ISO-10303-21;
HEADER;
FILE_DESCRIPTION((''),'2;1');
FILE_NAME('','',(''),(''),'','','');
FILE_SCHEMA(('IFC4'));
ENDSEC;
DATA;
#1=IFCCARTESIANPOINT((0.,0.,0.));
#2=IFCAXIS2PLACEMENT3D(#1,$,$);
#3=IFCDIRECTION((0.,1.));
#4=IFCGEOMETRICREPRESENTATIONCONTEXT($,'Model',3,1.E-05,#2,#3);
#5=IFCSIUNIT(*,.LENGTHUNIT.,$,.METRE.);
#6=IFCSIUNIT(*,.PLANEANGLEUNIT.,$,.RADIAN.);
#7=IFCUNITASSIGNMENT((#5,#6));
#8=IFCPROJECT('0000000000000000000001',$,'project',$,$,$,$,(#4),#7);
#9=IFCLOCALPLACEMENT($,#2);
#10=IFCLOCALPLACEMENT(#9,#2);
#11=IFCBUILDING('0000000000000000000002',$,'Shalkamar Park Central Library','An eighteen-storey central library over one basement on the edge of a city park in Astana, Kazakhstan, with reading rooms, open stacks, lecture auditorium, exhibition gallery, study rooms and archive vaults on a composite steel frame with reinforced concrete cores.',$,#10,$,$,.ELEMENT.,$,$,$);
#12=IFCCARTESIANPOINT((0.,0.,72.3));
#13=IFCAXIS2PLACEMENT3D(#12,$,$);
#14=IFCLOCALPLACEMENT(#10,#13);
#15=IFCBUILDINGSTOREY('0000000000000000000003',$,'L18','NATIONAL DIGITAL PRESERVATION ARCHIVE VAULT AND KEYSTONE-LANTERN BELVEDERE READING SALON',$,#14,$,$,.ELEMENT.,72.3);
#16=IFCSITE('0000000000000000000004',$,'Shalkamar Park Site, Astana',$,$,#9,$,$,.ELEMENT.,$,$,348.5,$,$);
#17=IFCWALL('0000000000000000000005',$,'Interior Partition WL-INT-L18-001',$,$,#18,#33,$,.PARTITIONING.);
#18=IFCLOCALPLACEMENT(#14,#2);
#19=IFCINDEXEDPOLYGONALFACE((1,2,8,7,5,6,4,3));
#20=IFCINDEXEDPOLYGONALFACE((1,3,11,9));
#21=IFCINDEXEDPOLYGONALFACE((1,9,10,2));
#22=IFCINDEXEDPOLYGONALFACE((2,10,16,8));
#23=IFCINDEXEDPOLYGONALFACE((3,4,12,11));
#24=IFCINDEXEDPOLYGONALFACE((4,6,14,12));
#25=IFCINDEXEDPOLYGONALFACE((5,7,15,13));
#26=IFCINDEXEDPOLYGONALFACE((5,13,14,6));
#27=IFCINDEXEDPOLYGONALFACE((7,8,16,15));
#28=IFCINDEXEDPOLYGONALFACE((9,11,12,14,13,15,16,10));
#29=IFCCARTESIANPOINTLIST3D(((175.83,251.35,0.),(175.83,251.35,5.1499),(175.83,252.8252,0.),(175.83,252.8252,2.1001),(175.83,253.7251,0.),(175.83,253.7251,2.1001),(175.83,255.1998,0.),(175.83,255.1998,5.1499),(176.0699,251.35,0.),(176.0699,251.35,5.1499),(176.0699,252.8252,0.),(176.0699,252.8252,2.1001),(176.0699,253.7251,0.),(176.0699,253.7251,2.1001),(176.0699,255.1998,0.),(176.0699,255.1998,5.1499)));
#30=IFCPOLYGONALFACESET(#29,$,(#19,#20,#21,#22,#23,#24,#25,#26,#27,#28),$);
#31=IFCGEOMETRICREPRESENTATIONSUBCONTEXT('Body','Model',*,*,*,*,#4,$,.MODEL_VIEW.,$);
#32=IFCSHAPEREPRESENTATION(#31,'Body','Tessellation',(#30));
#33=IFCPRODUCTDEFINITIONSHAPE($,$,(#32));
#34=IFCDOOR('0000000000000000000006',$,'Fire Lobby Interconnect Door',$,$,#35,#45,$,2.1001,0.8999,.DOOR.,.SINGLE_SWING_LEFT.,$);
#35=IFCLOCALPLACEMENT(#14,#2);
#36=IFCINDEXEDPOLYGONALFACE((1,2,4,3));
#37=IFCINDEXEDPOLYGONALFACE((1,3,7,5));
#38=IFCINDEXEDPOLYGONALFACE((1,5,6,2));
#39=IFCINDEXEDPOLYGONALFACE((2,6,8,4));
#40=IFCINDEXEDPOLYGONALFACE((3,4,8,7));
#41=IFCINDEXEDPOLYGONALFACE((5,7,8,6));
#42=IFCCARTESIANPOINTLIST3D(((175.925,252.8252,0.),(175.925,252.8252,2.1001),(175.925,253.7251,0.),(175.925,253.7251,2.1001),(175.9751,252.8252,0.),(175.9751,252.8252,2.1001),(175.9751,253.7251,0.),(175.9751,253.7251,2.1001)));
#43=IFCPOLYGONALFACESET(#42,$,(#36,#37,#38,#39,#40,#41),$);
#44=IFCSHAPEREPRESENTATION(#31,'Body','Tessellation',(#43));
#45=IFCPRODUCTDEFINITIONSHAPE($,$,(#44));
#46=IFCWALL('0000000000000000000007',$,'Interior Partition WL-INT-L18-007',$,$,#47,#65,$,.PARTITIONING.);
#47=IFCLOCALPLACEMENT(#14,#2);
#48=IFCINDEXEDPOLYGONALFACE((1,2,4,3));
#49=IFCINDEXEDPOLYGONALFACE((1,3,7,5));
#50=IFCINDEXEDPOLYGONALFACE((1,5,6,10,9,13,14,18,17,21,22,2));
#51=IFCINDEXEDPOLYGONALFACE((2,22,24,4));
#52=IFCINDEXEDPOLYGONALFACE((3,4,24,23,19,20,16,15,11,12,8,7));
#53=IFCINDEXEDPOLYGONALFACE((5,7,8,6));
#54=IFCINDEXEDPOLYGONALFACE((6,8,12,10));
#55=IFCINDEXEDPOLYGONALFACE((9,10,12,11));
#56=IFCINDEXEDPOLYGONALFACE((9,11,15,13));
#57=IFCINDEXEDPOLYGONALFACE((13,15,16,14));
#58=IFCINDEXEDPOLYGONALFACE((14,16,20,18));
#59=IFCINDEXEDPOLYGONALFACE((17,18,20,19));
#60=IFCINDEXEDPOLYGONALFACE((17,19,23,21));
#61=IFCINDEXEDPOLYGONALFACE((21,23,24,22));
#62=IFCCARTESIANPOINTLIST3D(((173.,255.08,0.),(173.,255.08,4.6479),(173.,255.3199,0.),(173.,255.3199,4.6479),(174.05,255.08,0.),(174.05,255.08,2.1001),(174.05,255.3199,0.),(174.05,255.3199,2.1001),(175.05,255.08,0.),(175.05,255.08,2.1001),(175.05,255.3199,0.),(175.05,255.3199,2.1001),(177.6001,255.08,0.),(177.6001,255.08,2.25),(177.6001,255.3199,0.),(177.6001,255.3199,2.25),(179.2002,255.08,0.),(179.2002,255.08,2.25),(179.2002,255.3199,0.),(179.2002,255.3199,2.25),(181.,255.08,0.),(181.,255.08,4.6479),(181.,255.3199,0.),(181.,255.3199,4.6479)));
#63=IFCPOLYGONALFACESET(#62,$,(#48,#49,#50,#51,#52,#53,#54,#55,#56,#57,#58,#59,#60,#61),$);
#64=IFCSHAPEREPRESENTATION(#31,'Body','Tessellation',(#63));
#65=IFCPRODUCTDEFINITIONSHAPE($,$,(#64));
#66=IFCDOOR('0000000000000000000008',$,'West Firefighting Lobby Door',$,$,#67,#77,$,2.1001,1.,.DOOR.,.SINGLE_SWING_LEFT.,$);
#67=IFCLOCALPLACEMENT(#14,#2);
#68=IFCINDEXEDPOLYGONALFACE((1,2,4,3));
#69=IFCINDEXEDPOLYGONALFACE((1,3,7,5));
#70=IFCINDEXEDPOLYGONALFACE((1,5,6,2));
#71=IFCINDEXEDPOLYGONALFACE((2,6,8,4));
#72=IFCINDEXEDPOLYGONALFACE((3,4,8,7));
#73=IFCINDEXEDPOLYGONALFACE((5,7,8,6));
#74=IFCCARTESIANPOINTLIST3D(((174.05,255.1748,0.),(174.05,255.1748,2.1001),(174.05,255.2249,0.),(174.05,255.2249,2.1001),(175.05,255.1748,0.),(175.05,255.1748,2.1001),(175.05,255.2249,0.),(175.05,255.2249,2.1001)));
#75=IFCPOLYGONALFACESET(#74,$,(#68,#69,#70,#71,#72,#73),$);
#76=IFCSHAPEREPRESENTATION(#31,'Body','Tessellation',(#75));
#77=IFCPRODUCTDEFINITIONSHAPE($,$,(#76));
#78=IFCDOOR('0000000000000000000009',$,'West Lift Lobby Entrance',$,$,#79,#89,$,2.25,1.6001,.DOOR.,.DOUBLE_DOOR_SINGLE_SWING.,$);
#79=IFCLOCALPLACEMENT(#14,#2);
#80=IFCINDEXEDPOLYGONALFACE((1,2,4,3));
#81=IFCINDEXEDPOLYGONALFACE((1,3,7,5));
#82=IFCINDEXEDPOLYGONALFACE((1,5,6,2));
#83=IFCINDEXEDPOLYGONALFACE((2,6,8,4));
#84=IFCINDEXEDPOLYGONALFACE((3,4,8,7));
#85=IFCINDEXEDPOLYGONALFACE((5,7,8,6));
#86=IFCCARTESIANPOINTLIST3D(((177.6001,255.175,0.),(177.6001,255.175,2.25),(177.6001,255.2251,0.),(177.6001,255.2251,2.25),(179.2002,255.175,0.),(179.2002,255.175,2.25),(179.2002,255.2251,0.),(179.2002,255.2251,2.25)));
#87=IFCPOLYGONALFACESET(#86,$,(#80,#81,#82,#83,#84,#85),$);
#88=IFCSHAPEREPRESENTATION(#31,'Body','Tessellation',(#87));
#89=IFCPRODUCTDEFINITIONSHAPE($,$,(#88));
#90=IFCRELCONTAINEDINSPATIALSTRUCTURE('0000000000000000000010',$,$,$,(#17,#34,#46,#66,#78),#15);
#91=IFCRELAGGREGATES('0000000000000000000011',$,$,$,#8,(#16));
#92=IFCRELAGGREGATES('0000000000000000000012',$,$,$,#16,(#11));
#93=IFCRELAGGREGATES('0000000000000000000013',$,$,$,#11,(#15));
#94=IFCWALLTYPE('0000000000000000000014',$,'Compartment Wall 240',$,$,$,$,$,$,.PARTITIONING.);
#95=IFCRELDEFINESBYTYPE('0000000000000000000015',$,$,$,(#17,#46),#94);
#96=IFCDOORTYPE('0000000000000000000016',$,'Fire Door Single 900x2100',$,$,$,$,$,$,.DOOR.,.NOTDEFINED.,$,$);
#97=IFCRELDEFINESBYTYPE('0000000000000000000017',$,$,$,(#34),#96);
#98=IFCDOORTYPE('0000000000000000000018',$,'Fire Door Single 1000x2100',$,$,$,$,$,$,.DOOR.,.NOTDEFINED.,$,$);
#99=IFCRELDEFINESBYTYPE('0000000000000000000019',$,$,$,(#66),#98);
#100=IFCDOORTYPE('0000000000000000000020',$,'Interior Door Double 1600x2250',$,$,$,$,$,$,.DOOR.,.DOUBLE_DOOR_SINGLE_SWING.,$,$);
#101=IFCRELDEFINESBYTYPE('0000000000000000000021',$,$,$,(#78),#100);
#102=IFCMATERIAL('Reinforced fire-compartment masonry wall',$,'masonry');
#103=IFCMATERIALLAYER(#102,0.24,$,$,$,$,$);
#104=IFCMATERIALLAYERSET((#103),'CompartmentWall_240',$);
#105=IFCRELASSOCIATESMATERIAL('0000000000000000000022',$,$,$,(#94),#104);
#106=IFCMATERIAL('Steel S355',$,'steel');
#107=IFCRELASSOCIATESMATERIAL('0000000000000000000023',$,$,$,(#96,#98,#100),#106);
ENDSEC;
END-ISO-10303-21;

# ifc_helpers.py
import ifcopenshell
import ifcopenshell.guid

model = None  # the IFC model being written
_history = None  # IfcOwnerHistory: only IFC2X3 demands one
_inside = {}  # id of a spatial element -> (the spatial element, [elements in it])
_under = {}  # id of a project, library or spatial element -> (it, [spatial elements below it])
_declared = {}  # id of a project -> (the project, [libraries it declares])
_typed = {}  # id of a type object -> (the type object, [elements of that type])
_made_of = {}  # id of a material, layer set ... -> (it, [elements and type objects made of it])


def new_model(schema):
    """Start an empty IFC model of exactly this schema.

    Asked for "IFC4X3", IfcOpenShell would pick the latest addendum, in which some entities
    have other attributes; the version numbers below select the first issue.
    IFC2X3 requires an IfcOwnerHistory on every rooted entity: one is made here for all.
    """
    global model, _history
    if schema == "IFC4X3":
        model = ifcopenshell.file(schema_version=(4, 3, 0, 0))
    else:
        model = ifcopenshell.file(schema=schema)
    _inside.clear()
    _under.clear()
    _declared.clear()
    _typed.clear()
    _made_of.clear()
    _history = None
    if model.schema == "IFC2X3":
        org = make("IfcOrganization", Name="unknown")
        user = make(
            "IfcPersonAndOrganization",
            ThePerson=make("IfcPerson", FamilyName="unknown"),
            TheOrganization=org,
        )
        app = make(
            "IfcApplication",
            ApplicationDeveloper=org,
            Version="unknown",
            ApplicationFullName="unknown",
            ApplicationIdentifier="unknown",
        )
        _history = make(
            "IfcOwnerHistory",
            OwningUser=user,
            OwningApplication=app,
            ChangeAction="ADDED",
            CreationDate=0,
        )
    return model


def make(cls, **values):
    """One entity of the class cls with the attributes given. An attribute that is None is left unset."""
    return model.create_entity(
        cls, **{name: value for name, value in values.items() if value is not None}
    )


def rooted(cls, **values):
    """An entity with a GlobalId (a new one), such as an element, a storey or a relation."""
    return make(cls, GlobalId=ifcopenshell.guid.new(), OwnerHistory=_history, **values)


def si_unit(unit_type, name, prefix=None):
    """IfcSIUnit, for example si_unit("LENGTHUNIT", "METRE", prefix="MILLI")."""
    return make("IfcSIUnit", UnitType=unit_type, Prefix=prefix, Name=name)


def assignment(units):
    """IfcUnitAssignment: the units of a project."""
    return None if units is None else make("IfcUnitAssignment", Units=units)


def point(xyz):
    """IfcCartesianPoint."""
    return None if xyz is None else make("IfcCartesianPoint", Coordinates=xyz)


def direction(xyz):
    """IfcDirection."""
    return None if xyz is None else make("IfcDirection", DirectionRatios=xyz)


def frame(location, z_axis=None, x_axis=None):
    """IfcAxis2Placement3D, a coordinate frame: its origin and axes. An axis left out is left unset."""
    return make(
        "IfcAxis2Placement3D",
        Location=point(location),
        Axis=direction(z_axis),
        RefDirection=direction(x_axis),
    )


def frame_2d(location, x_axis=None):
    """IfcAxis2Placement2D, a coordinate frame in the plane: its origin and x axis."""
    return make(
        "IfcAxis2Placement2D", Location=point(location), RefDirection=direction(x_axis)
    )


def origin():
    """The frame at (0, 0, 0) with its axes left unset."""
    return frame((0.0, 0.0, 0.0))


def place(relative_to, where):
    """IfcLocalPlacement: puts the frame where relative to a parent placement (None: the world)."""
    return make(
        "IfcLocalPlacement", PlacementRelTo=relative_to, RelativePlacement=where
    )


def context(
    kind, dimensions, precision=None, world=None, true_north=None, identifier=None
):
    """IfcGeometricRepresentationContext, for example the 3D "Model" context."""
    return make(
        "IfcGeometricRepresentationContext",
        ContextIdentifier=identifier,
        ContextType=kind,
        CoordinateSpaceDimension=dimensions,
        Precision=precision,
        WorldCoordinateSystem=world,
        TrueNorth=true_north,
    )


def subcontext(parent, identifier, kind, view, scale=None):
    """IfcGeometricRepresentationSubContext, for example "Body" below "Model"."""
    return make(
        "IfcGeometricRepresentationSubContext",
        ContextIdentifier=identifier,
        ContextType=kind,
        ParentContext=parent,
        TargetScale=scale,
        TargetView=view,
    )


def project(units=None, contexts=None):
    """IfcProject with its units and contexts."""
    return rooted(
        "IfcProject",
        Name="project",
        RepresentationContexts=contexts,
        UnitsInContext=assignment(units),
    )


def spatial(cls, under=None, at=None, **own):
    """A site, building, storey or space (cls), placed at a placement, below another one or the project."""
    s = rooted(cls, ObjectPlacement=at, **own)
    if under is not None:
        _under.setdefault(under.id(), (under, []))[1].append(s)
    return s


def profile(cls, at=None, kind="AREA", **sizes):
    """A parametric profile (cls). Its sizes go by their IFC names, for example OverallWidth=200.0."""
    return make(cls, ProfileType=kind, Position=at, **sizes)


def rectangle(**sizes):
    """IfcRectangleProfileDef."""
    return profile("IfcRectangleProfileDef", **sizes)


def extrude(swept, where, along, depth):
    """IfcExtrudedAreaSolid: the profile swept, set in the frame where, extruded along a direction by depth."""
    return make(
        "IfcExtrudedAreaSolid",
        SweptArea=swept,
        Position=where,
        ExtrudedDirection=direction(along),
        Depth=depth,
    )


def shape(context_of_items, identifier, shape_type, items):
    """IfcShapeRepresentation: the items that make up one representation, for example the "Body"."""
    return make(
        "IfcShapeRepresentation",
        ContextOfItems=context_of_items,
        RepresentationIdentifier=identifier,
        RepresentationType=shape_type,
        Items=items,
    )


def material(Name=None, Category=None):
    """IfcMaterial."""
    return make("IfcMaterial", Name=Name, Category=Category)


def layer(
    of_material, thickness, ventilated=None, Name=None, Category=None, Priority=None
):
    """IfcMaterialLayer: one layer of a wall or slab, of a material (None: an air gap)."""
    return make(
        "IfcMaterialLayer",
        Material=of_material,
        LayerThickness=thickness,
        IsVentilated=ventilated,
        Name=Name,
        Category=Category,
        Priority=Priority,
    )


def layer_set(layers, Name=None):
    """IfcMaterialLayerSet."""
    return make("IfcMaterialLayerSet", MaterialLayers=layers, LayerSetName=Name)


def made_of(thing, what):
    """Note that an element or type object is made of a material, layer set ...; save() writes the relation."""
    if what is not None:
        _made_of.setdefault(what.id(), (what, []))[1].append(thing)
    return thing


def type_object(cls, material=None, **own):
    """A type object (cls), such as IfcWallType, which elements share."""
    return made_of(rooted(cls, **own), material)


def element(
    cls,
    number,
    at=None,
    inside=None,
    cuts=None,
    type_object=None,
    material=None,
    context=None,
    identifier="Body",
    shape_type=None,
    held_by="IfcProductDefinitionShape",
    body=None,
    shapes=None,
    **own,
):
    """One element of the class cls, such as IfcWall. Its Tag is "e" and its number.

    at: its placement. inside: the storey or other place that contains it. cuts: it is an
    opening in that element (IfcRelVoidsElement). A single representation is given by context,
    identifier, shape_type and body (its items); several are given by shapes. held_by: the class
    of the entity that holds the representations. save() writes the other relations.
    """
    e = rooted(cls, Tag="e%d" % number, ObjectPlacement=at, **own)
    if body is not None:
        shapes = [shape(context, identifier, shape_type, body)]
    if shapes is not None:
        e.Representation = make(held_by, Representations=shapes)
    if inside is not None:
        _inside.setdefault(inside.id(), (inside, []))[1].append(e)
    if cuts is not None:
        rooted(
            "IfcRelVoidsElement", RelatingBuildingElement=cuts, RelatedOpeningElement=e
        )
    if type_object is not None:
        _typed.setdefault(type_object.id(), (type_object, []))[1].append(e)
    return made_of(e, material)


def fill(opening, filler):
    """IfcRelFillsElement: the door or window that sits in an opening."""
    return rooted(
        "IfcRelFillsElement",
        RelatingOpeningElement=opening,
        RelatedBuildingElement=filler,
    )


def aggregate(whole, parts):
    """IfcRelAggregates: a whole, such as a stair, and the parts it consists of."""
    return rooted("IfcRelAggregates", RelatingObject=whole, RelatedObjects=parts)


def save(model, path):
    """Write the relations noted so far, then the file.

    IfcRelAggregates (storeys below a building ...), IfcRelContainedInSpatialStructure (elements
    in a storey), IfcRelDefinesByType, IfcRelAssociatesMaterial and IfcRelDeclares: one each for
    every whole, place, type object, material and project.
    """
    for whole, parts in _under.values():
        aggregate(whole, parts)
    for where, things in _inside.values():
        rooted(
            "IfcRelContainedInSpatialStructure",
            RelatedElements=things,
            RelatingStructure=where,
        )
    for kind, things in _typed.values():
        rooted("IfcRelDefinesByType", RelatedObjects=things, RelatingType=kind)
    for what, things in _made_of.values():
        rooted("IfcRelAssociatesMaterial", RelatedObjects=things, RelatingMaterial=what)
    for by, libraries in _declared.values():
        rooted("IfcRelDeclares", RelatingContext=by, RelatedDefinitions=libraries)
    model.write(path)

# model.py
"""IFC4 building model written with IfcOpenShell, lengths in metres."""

from ifc_helpers import new_model, si_unit, direction, frame, frame_2d, origin, place, context, subcontext, project, spatial, rectangle, extrude, material, layer, layer_set, type_object, element, fill, save


model = new_model("IFC4")

# Units and contexts
model_context = context("Model", 3, precision=1e-05, world=origin(), true_north=direction((0.0, 1.0)))
body_context = subcontext(model_context, "Body", "Model", "MODEL_VIEW")
ifc_project = project(units=[si_unit("LENGTHUNIT", "METRE"), si_unit("PLANEANGLEUNIT", "RADIAN")], contexts=[model_context])

# Site, building, storey
site_placement = place(None, origin())
site = spatial("IfcSite", under=ifc_project, at=site_placement, Name="Shalkamar Park Site, Astana", CompositionType="ELEMENT", RefElevation=348.5)
building_placement = place(site_placement, origin())
building = spatial("IfcBuilding", under=site, at=building_placement, Name="Shalkamar Park Central Library", Description="An eighteen-storey central library over one basement on the edge of a city park in Astana, Kazakhstan, with reading rooms, open stacks, lecture auditorium, exhibition gallery, study rooms and archive vaults on a composite steel frame with reinforced concrete cores.", CompositionType="ELEMENT")
storey_placement = place(building_placement, frame((0.0, 0.0, 72.3)))
storey = spatial("IfcBuildingStorey", under=building, at=storey_placement, Name="L18", Description="NATIONAL DIGITAL PRESERVATION ARCHIVE VAULT AND KEYSTONE-LANTERN BELVEDERE READING SALON", CompositionType="ELEMENT", Elevation=72.3)

# Shared definitions
ifc_material_1 = material(Name="Steel S355", Category="steel")

# Wall, opening, door
ifc_material_2 = material(Name="Reinforced fire-compartment masonry wall", Category="masonry")
ifc_layer_1 = layer(ifc_material_2, 0.24)
ifc_layer_set_1 = layer_set([ifc_layer_1], Name="CompartmentWall_240")
wall_type_1 = type_object("IfcWallType", Name="Compartment Wall 240", PredefinedType="PARTITIONING", material=ifc_layer_set_1)
wall_1_placement = place(storey_placement, frame((175.95, 251.3501, 0.0), z_axis=(0.0, 0.0, 1.0), x_axis=(0.0, 1.0, 0.0)))
wall_1 = element("IfcWall", 1, at=wall_1_placement, inside=storey, type_object=wall_type_1, Name="Interior Partition WL-INT-L18-001", PredefinedType="PARTITIONING", context=body_context, shape_type="SweptSolid", body=[
    extrude(rectangle(XDim=3.8499, YDim=0.24, at=frame_2d((1.9248, 0.0))), origin(), (0.0, 0.0, 1.0), 5.1499),
])
opening_1_placement = place(wall_1_placement, frame((1.4751, 0.0, 0.0)))
opening_1 = element("IfcOpeningElement", 2, at=opening_1_placement, cuts=wall_1, PredefinedType="OPENING", context=body_context, shape_type="SweptSolid", body=[
    extrude(rectangle(XDim=0.8999, YDim=2.1001, at=frame_2d((0.45, 1.05))), frame((0.0, 0.1348, 0.0), z_axis=(0.0, -1.0, 0.0), x_axis=(1.0, 0.0, 0.0)), (0.0, 0.0, 1.0), 0.2698),
])
door_type_1 = type_object("IfcDoorType", Name="Fire Door Single 900x2100", OperationType="NOTDEFINED", PredefinedType="DOOR", material=ifc_material_1)
door_1_placement = place(opening_1_placement, origin())
door_1 = element("IfcDoor", 3, at=door_1_placement, inside=storey, type_object=door_type_1, Name="Fire Lobby Interconnect Door", OperationType="SINGLE_SWING_LEFT", OverallHeight=2.1001, OverallWidth=0.8999, PredefinedType="DOOR", context=body_context, shape_type="SweptSolid", body=[
    extrude(rectangle(XDim=0.8999, YDim=2.1001, at=frame_2d((0.45, 1.05))), frame((0.0, 0.0249, 0.0), z_axis=(0.0, -1.0, 0.0), x_axis=(1.0, 0.0, 0.0)), (0.0, 0.0, 1.0), 0.05),
])
fill(opening_1, door_1)

# Wall, openings, doors
wall_2_placement = place(storey_placement, frame((173.0, 255.2, 0.0), z_axis=(0.0, 0.0, 1.0), x_axis=(1.0, 0.0, 0.0)))
wall_2 = element("IfcWall", 4, at=wall_2_placement, inside=storey, type_object=wall_type_1, Name="Interior Partition WL-INT-L18-007", PredefinedType="PARTITIONING", context=body_context, shape_type="SweptSolid", body=[
    extrude(rectangle(XDim=8.0, YDim=0.24, at=frame_2d((4.0, 0.0))), origin(), (0.0, 0.0, 1.0), 4.6479),
])
opening_2_placement = place(wall_2_placement, frame((1.05, 0.0, 0.0)))
opening_2 = element("IfcOpeningElement", 5, at=opening_2_placement, cuts=wall_2, PredefinedType="OPENING", context=body_context, shape_type="SweptSolid", body=[
    extrude(rectangle(XDim=1.0, YDim=2.1001, at=frame_2d((0.5, 1.05))), frame((0.0, 0.1348, 0.0), z_axis=(0.0, -1.0, 0.0), x_axis=(1.0, 0.0, 0.0)), (0.0, 0.0, 1.0), 0.2698),
])
opening_3_placement = place(wall_2_placement, frame((4.6001, 0.0, 0.0)))
opening_3 = element("IfcOpeningElement", 6, at=opening_3_placement, cuts=wall_2, PredefinedType="OPENING", context=body_context, shape_type="SweptSolid", body=[
    extrude(rectangle(XDim=1.6001, YDim=2.25, at=frame_2d((0.8, 1.125))), frame((0.0, 0.1348, 0.0), z_axis=(0.0, -1.0, 0.0), x_axis=(1.0, 0.0, 0.0)), (0.0, 0.0, 1.0), 0.2698),
])
door_type_2 = type_object("IfcDoorType", Name="Fire Door Single 1000x2100", OperationType="NOTDEFINED", PredefinedType="DOOR", material=ifc_material_1)
door_2_placement = place(opening_2_placement, origin())
door_2 = element("IfcDoor", 7, at=door_2_placement, inside=storey, type_object=door_type_2, Name="West Firefighting Lobby Door", OperationType="SINGLE_SWING_LEFT", OverallHeight=2.1001, OverallWidth=1.0, PredefinedType="DOOR", context=body_context, shape_type="SweptSolid", body=[
    extrude(rectangle(XDim=1.0, YDim=2.1001, at=frame_2d((0.5, 1.05))), frame((0.0, 0.0249, 0.0), z_axis=(0.0, -1.0, 0.0), x_axis=(1.0, 0.0, 0.0)), (0.0, 0.0, 1.0), 0.05),
])
fill(opening_2, door_2)
door_type_3 = type_object("IfcDoorType", Name="Interior Door Double 1600x2250", OperationType="DOUBLE_DOOR_SINGLE_SWING", PredefinedType="DOOR", material=ifc_material_1)
door_3_placement = place(opening_3_placement, frame((1.6001, 0.0, 0.0), z_axis=(0.0, 0.0, 1.0), x_axis=(-1.0, 0.0, 0.0)))
door_3 = element("IfcDoor", 8, at=door_3_placement, inside=storey, type_object=door_type_3, Name="West Lift Lobby Entrance", OperationType="DOUBLE_DOOR_SINGLE_SWING", OverallHeight=2.25, OverallWidth=1.6001, PredefinedType="DOOR", context=body_context, shape_type="SweptSolid", body=[
    extrude(rectangle(XDim=1.6001, YDim=2.25, at=frame_2d((0.8, 1.125))), frame((0.0, 0.0249, 0.0), z_axis=(0.0, -1.0, 0.0), x_axis=(1.0, 0.0, 0.0)), (0.0, 0.0, 1.0), 0.05),
])
fill(opening_3, door_3)

save(model, "model.ifc")
